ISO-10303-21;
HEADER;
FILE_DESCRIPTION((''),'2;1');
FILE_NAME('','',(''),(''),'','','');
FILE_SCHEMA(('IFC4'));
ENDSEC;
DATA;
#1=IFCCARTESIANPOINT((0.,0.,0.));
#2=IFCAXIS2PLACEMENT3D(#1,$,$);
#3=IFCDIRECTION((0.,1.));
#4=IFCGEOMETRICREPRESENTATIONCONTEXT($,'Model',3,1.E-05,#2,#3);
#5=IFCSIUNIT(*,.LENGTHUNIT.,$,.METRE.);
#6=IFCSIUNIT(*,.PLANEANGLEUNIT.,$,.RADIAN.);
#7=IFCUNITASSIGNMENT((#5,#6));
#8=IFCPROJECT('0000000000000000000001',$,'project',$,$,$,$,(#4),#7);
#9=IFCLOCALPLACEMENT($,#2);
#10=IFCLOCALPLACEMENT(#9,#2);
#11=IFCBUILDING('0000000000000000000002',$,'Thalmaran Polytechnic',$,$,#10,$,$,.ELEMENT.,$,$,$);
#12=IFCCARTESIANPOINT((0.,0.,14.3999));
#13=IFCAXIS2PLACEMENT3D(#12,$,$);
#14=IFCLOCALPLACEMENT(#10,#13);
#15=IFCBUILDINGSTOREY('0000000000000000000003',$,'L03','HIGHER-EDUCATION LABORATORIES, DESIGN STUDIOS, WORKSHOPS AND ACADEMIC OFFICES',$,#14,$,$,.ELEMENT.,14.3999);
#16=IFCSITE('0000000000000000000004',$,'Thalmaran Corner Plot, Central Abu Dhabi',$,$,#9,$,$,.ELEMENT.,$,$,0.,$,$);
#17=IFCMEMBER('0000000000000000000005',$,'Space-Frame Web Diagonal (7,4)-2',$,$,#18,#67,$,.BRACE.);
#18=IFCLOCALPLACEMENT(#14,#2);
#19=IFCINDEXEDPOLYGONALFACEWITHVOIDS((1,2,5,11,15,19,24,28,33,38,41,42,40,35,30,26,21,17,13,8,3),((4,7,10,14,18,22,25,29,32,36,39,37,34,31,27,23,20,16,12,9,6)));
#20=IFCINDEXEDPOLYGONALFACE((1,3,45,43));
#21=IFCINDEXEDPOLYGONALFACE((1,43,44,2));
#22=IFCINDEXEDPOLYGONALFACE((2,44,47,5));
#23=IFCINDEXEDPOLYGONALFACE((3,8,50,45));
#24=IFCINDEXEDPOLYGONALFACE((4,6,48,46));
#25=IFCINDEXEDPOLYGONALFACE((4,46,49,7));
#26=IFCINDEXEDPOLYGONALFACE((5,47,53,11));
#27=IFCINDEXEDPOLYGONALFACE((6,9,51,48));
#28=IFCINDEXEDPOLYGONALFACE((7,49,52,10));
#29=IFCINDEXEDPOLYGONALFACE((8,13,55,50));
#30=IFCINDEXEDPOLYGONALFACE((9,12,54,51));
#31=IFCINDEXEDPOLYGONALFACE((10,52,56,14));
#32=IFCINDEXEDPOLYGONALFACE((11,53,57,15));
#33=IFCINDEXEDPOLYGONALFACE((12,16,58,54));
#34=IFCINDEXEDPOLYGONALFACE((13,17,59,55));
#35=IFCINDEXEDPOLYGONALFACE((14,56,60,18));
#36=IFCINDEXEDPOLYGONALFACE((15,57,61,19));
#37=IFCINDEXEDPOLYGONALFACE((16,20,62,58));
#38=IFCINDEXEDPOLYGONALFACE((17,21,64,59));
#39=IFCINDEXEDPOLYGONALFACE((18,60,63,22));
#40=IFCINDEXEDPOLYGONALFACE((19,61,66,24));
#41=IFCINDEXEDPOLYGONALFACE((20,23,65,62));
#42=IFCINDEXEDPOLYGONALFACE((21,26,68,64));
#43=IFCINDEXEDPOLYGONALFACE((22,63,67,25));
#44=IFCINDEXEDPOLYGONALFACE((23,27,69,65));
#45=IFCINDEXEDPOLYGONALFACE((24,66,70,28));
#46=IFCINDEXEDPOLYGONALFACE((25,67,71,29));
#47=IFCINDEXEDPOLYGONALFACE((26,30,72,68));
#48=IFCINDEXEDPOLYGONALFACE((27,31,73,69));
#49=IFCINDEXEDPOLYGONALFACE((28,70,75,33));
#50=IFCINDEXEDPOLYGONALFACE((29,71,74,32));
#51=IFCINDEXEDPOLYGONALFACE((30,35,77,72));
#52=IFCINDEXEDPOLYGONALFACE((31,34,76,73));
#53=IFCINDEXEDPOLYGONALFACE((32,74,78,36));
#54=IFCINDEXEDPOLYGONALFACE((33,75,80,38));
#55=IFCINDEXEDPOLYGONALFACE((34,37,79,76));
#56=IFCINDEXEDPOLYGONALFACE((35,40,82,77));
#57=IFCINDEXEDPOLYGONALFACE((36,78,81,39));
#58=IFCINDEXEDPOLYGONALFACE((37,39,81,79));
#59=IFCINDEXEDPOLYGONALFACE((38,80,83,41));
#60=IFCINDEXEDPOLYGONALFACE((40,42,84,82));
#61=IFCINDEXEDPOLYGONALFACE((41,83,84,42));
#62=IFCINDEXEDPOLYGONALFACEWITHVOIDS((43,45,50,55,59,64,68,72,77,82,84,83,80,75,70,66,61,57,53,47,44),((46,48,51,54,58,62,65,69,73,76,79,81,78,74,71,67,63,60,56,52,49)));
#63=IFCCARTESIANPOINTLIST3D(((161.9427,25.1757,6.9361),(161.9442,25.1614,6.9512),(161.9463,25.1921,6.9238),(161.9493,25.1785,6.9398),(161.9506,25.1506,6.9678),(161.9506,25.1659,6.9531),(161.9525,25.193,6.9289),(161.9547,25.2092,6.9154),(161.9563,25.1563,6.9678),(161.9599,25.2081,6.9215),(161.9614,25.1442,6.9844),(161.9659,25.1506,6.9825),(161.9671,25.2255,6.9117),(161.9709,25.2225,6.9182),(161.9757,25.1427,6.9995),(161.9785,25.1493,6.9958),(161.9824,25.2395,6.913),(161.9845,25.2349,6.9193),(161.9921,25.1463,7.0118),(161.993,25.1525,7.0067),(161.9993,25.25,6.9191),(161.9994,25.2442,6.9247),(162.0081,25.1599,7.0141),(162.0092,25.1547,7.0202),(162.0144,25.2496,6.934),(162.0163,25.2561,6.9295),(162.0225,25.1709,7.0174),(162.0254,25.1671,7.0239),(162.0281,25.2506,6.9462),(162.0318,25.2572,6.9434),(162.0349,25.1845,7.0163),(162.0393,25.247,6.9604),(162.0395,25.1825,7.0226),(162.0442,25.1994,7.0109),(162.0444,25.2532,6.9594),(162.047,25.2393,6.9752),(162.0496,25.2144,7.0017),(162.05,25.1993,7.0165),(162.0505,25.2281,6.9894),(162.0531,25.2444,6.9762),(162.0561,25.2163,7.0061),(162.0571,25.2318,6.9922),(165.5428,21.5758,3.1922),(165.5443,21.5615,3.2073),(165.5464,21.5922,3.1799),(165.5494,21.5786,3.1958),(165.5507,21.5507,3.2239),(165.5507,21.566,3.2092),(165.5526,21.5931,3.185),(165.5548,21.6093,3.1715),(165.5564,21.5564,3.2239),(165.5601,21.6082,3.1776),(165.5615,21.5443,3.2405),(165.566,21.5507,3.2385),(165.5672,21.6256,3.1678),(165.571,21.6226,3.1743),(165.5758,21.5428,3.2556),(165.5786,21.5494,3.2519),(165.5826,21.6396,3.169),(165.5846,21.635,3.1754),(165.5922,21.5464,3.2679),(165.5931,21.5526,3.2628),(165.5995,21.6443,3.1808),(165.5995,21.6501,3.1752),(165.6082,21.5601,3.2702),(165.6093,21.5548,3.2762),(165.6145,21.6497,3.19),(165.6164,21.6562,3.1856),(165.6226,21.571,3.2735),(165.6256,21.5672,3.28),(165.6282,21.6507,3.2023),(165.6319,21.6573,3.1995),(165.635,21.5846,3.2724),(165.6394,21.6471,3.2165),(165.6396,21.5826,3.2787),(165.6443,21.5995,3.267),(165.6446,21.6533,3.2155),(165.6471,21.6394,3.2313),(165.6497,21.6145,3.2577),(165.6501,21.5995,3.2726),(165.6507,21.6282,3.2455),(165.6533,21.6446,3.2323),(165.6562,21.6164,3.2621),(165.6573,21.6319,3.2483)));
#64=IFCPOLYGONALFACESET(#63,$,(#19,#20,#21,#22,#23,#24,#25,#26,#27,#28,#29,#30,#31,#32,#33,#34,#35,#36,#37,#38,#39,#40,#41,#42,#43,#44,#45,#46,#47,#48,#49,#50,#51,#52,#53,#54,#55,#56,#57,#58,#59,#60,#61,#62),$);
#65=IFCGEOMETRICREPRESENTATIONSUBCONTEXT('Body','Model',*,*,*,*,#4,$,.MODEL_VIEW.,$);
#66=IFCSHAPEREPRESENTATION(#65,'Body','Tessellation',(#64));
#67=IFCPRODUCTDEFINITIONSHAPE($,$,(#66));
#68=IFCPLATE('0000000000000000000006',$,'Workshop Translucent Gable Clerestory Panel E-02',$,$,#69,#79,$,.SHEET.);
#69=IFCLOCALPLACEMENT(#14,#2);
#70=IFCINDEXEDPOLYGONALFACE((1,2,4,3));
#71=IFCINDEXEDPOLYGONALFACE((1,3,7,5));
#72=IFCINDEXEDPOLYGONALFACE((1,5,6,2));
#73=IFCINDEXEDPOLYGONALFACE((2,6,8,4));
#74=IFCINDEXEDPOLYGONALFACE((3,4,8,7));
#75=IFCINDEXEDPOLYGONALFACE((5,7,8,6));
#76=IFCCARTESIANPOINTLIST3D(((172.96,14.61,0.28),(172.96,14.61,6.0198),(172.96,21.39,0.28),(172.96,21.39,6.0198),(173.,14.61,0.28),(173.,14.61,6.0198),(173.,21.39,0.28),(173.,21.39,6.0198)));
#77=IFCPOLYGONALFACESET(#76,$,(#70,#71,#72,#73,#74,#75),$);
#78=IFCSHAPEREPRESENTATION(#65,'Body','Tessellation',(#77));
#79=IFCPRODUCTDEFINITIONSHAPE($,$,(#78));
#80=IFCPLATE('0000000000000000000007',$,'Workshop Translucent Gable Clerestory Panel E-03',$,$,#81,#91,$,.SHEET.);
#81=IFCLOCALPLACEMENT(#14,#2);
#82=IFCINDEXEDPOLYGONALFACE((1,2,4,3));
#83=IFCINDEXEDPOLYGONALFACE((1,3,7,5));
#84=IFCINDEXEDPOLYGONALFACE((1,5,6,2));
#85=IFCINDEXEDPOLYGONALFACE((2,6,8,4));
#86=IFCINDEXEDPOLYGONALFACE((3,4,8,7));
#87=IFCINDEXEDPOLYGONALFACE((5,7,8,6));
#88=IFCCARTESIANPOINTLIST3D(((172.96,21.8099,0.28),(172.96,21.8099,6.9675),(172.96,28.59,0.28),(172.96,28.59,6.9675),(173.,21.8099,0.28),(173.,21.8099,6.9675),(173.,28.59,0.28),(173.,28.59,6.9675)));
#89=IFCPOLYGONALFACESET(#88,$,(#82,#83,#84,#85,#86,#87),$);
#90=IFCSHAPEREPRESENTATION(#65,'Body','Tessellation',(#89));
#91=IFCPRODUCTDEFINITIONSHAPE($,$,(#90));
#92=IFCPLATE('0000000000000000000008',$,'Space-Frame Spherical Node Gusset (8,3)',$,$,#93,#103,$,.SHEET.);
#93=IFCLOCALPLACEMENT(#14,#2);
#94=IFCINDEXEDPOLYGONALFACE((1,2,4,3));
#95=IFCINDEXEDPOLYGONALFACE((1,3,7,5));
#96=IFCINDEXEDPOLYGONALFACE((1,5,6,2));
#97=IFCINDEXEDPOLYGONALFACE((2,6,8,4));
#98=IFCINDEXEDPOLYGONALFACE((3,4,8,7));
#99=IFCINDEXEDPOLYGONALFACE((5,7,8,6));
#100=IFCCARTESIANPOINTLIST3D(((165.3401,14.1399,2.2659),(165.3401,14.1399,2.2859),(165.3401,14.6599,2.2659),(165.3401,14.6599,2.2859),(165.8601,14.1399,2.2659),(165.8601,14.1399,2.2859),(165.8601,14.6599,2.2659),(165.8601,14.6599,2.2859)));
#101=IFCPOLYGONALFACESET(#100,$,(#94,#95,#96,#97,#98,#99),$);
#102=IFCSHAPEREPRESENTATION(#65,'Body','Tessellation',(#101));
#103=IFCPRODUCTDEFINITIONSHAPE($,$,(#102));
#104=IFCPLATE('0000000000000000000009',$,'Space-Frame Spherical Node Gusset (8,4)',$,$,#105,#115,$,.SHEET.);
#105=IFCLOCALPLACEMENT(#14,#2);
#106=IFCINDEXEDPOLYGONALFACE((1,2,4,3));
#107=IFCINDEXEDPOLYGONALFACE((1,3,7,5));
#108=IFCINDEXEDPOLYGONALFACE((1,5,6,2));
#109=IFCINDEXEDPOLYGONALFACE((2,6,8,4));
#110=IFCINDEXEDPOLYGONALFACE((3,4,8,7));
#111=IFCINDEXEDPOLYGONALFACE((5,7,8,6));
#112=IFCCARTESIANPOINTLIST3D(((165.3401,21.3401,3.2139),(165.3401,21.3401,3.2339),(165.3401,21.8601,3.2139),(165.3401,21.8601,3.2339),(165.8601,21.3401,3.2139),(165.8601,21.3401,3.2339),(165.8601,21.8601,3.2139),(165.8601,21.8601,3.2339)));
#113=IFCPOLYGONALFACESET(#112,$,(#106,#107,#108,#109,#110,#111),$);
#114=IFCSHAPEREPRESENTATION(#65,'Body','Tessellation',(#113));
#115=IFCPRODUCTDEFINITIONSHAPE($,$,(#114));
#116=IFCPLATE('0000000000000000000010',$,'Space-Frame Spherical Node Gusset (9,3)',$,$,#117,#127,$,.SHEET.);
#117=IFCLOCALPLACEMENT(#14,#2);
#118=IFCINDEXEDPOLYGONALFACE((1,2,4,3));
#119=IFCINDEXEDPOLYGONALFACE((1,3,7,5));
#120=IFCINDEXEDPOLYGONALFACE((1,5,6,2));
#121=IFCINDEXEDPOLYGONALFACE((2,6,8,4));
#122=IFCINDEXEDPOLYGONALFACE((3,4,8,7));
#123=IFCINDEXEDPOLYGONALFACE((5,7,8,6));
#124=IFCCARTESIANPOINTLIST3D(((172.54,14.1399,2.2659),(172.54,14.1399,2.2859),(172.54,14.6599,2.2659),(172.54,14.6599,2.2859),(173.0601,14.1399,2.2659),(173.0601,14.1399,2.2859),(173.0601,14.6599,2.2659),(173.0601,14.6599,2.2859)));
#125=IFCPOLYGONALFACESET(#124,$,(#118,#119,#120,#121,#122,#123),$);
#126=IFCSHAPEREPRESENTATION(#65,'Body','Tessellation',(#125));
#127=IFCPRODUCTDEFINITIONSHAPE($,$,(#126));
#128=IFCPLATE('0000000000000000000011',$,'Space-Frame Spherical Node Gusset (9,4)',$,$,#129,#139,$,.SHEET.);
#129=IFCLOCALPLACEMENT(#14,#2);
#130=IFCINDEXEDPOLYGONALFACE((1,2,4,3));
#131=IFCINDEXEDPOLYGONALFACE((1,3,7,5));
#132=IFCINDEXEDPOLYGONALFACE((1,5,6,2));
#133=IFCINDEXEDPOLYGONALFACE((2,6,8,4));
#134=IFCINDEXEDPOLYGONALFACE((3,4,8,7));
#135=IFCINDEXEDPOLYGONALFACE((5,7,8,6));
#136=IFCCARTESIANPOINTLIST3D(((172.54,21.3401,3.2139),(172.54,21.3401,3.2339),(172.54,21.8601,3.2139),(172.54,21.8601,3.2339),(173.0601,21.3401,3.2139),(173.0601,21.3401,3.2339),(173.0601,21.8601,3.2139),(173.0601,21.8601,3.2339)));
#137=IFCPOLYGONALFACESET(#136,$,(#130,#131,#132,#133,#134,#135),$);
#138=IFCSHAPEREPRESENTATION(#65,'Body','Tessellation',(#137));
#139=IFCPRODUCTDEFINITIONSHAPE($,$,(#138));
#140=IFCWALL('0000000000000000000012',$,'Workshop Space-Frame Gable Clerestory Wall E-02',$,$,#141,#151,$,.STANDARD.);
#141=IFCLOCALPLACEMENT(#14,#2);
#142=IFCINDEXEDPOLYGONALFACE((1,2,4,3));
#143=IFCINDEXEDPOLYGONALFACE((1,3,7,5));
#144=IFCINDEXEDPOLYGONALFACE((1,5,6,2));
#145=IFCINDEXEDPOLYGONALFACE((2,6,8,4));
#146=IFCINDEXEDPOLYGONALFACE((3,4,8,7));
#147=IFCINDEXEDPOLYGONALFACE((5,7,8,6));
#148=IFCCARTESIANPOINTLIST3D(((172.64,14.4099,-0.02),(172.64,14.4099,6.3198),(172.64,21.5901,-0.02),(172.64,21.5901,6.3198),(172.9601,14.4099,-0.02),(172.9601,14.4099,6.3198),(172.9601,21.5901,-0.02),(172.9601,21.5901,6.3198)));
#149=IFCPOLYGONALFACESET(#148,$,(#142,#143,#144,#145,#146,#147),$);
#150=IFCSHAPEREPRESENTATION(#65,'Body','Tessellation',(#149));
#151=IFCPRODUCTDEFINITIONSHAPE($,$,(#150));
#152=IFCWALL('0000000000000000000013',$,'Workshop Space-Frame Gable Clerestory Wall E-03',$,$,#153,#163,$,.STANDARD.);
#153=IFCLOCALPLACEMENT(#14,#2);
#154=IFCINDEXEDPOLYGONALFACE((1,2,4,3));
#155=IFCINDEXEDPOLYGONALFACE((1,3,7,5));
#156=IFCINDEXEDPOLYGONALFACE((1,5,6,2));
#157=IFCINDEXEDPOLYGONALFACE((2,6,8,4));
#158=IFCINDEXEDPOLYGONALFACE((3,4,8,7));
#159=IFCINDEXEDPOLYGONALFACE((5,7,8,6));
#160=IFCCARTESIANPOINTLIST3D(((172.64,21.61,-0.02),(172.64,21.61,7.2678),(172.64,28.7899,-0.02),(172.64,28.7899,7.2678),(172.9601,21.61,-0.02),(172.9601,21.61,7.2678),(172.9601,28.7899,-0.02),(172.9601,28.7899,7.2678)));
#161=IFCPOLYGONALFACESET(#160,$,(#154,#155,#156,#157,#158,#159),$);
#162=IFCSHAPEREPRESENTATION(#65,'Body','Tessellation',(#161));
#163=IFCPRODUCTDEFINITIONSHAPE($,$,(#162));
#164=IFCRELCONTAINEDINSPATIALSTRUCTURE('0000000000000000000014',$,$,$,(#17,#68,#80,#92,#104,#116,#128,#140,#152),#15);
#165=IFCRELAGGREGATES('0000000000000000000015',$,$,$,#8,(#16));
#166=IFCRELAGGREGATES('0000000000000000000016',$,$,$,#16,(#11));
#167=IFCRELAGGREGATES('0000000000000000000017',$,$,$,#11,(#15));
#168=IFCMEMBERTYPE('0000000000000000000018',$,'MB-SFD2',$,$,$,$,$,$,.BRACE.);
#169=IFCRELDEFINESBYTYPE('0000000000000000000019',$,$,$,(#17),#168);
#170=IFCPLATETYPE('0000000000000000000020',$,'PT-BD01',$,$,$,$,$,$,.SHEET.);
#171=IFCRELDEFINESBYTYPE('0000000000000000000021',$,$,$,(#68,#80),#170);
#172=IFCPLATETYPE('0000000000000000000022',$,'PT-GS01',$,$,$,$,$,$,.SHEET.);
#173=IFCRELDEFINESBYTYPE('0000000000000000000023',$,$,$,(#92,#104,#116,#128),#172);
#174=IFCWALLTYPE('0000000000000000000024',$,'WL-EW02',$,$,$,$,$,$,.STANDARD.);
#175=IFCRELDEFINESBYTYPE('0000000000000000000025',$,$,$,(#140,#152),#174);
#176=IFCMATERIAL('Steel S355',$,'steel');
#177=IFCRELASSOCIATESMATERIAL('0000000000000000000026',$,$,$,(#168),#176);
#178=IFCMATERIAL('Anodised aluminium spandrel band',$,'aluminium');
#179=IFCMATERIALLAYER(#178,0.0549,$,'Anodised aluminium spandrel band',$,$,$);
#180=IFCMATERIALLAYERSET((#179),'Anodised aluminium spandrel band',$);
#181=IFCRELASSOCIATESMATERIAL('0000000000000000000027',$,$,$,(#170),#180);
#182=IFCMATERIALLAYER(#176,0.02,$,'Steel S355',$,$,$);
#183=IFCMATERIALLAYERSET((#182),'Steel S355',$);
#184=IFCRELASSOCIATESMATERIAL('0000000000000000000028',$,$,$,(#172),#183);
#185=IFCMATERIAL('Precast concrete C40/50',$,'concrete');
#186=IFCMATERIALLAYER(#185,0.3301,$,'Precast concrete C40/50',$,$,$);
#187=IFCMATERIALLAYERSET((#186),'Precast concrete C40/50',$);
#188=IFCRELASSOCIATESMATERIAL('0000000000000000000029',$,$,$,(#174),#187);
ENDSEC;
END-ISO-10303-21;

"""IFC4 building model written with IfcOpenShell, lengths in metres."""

from ifc_helpers import new_model, si_unit, direction, frame, frame_2d, origin, origin_2d, place, context, subcontext, project, spatial, rectangle, hollow_circle, extrude, material, layer, layer_set, material_profile, profile_set, type_object, element, save


model = new_model("IFC4")

# Units and contexts
model_context = context("Model", 3, precision=1e-05, world=origin(), true_north=direction((0.0, 1.0)))
body_context = subcontext(model_context, "Body", "Model", "MODEL_VIEW")
ifc_project = project(units=[si_unit("LENGTHUNIT", "METRE"), si_unit("PLANEANGLEUNIT", "RADIAN")], contexts=[model_context])

# Site, building, storey
site_placement = place(None, origin())
site = spatial("IfcSite", under=ifc_project, at=site_placement, Name="Thalmaran Corner Plot, Central Abu Dhabi", CompositionType="ELEMENT", RefElevation=0.0)
building_placement = place(site_placement, origin())
building = spatial("IfcBuilding", under=site, at=building_placement, Name="Thalmaran Polytechnic", CompositionType="ELEMENT")
storey_placement = place(building_placement, frame((0.0, 0.0, 14.3999)))
storey = spatial("IfcBuildingStorey", under=building, at=storey_placement, Name="L03", Description="HIGHER-EDUCATION LABORATORIES, DESIGN STUDIOS, WORKSHOPS AND ACADEMIC OFFICES", CompositionType="ELEMENT", Elevation=14.3999)

# Shared definitions
ifc_material_1 = material(Name="Steel S355", Category="steel")

# Member
ifc_material_profile_1 = material_profile(ifc_material_1, hollow_circle(Radius=0.0698, WallThickness=0.0081, at=origin_2d()), Name="CHS 139.7x8.0")
ifc_profile_set_1 = profile_set([ifc_material_profile_1], Name="Steel S355")
member_type_1 = type_object("IfcMemberType", Name="MB-SFD2", PredefinedType="BRACE", material=ifc_profile_set_1)
member_1_placement = place(storey_placement, frame((165.6001, 21.6001, 3.2239), z_axis=(-0.569678, 0.56964, 0.592433), x_axis=(-0.707083, -0.707131, 0.0)))
element("IfcMember", 1, at=member_1_placement, inside=storey, type_object=member_type_1, Name="Space-Frame Web Diagonal (7,4)-2", PredefinedType="BRACE", context=body_context, shape_type="SweptSolid", body=[
    extrude(hollow_circle(Radius=0.0698, WallThickness=0.0081, at=origin_2d()), origin(), (0.0, 0.0, 1.0), 6.3196),
])

# Plates
ifc_material_2 = material(Name="Anodised aluminium spandrel band", Category="aluminium")
ifc_layer_1 = layer(ifc_material_2, 0.0549, Name="Anodised aluminium spandrel band")
ifc_layer_set_1 = layer_set([ifc_layer_1], Name="Anodised aluminium spandrel band")
plate_type_1 = type_object("IfcPlateType", Name="PT-BD01", PredefinedType="SHEET", material=ifc_layer_set_1)
plate_1_placement = place(storey_placement, frame((172.98, 18.0, 0.28), z_axis=(0.0, 0.0, 1.0), x_axis=(1.0, 0.0, 0.0)))
element("IfcPlate", 2, at=plate_1_placement, inside=storey, type_object=plate_type_1, Name="Workshop Translucent Gable Clerestory Panel E-02", PredefinedType="SHEET", context=body_context, shape_type="SweptSolid", body=[
    extrude(rectangle(XDim=0.04, YDim=6.78, at=origin_2d()), origin(), (0.0, 0.0, 1.0), 5.7397),
])
plate_2_placement = place(storey_placement, frame((172.98, 25.2, 0.28), z_axis=(0.0, 0.0, 1.0), x_axis=(1.0, 0.0, 0.0)))
element("IfcPlate", 3, at=plate_2_placement, inside=storey, type_object=plate_type_1, Name="Workshop Translucent Gable Clerestory Panel E-03", PredefinedType="SHEET", context=body_context, shape_type="SweptSolid", body=[
    extrude(rectangle(XDim=0.04, YDim=6.78, at=origin_2d()), origin(), (0.0, 0.0, 1.0), 6.6875),
])
ifc_layer_2 = layer(ifc_material_1, 0.02, Name="Steel S355")
ifc_layer_set_2 = layer_set([ifc_layer_2], Name="Steel S355")
plate_type_2 = type_object("IfcPlateType", Name="PT-GS01", PredefinedType="SHEET", material=ifc_layer_set_2)
for number, where, z_axis, x_axis, name in (
    (4, (165.6001, 14.3999, 2.2659), (0.0, 0.0, 1.0), (1.0, 0.0, 0.0), "Space-Frame Spherical Node Gusset (8,3)"),
    (5, (165.6001, 21.6001, 3.2139), (0.0, 0.0, 1.0), (1.0, 0.0, 0.0), "Space-Frame Spherical Node Gusset (8,4)"),
    (6, (172.8, 14.3999, 2.2659), (0.0, 0.0, 1.0), (1.0, 0.0, 0.0), "Space-Frame Spherical Node Gusset (9,3)"),
    (7, (172.8, 21.6001, 3.2139), (0.0, 0.0, 1.0), (1.0, 0.0, 0.0), "Space-Frame Spherical Node Gusset (9,4)"),
):
    element("IfcPlate", number, at=place(storey_placement, frame(where, z_axis=z_axis, x_axis=x_axis)), inside=storey, type_object=plate_type_2, Name=name, PredefinedType="SHEET", context=body_context, shape_type="SweptSolid", body=[
        extrude(rectangle(XDim=0.52, YDim=0.52, at=origin_2d()), origin(), (0.0, 0.0, 1.0), 0.02),
    ])

# Walls
ifc_material_3 = material(Name="Precast concrete C40/50", Category="concrete")
ifc_layer_3 = layer(ifc_material_3, 0.3301, Name="Precast concrete C40/50")
ifc_layer_set_3 = layer_set([ifc_layer_3], Name="Precast concrete C40/50")
wall_type = type_object("IfcWallType", Name="WL-EW02", PredefinedType="STANDARD", material=ifc_layer_set_3)
wall_1_placement = place(storey_placement, frame((172.8, 14.4099, -0.02), z_axis=(0.0, 0.0, 1.0), x_axis=(0.0, 1.0, 0.0)))
element("IfcWall", 8, at=wall_1_placement, inside=storey, type_object=wall_type, Name="Workshop Space-Frame Gable Clerestory Wall E-02", PredefinedType="STANDARD", context=body_context, shape_type="SweptSolid", body=[
    extrude(rectangle(XDim=7.1802, YDim=0.3201, at=frame_2d((3.5901, 0.0))), origin(), (0.0, 0.0, 1.0), 6.3398),
])
wall_2_placement = place(storey_placement, frame((172.8, 21.6101, -0.02), z_axis=(0.0, 0.0, 1.0), x_axis=(0.0, 1.0, 0.0)))
element("IfcWall", 9, at=wall_2_placement, inside=storey, type_object=wall_type, Name="Workshop Space-Frame Gable Clerestory Wall E-03", PredefinedType="STANDARD", context=body_context, shape_type="SweptSolid", body=[
    extrude(rectangle(XDim=7.1799, YDim=0.3201, at=frame_2d((3.5898, 0.0))), origin(), (0.0, 0.0, 1.0), 7.2878),
])

save(model, "model.ifc")
